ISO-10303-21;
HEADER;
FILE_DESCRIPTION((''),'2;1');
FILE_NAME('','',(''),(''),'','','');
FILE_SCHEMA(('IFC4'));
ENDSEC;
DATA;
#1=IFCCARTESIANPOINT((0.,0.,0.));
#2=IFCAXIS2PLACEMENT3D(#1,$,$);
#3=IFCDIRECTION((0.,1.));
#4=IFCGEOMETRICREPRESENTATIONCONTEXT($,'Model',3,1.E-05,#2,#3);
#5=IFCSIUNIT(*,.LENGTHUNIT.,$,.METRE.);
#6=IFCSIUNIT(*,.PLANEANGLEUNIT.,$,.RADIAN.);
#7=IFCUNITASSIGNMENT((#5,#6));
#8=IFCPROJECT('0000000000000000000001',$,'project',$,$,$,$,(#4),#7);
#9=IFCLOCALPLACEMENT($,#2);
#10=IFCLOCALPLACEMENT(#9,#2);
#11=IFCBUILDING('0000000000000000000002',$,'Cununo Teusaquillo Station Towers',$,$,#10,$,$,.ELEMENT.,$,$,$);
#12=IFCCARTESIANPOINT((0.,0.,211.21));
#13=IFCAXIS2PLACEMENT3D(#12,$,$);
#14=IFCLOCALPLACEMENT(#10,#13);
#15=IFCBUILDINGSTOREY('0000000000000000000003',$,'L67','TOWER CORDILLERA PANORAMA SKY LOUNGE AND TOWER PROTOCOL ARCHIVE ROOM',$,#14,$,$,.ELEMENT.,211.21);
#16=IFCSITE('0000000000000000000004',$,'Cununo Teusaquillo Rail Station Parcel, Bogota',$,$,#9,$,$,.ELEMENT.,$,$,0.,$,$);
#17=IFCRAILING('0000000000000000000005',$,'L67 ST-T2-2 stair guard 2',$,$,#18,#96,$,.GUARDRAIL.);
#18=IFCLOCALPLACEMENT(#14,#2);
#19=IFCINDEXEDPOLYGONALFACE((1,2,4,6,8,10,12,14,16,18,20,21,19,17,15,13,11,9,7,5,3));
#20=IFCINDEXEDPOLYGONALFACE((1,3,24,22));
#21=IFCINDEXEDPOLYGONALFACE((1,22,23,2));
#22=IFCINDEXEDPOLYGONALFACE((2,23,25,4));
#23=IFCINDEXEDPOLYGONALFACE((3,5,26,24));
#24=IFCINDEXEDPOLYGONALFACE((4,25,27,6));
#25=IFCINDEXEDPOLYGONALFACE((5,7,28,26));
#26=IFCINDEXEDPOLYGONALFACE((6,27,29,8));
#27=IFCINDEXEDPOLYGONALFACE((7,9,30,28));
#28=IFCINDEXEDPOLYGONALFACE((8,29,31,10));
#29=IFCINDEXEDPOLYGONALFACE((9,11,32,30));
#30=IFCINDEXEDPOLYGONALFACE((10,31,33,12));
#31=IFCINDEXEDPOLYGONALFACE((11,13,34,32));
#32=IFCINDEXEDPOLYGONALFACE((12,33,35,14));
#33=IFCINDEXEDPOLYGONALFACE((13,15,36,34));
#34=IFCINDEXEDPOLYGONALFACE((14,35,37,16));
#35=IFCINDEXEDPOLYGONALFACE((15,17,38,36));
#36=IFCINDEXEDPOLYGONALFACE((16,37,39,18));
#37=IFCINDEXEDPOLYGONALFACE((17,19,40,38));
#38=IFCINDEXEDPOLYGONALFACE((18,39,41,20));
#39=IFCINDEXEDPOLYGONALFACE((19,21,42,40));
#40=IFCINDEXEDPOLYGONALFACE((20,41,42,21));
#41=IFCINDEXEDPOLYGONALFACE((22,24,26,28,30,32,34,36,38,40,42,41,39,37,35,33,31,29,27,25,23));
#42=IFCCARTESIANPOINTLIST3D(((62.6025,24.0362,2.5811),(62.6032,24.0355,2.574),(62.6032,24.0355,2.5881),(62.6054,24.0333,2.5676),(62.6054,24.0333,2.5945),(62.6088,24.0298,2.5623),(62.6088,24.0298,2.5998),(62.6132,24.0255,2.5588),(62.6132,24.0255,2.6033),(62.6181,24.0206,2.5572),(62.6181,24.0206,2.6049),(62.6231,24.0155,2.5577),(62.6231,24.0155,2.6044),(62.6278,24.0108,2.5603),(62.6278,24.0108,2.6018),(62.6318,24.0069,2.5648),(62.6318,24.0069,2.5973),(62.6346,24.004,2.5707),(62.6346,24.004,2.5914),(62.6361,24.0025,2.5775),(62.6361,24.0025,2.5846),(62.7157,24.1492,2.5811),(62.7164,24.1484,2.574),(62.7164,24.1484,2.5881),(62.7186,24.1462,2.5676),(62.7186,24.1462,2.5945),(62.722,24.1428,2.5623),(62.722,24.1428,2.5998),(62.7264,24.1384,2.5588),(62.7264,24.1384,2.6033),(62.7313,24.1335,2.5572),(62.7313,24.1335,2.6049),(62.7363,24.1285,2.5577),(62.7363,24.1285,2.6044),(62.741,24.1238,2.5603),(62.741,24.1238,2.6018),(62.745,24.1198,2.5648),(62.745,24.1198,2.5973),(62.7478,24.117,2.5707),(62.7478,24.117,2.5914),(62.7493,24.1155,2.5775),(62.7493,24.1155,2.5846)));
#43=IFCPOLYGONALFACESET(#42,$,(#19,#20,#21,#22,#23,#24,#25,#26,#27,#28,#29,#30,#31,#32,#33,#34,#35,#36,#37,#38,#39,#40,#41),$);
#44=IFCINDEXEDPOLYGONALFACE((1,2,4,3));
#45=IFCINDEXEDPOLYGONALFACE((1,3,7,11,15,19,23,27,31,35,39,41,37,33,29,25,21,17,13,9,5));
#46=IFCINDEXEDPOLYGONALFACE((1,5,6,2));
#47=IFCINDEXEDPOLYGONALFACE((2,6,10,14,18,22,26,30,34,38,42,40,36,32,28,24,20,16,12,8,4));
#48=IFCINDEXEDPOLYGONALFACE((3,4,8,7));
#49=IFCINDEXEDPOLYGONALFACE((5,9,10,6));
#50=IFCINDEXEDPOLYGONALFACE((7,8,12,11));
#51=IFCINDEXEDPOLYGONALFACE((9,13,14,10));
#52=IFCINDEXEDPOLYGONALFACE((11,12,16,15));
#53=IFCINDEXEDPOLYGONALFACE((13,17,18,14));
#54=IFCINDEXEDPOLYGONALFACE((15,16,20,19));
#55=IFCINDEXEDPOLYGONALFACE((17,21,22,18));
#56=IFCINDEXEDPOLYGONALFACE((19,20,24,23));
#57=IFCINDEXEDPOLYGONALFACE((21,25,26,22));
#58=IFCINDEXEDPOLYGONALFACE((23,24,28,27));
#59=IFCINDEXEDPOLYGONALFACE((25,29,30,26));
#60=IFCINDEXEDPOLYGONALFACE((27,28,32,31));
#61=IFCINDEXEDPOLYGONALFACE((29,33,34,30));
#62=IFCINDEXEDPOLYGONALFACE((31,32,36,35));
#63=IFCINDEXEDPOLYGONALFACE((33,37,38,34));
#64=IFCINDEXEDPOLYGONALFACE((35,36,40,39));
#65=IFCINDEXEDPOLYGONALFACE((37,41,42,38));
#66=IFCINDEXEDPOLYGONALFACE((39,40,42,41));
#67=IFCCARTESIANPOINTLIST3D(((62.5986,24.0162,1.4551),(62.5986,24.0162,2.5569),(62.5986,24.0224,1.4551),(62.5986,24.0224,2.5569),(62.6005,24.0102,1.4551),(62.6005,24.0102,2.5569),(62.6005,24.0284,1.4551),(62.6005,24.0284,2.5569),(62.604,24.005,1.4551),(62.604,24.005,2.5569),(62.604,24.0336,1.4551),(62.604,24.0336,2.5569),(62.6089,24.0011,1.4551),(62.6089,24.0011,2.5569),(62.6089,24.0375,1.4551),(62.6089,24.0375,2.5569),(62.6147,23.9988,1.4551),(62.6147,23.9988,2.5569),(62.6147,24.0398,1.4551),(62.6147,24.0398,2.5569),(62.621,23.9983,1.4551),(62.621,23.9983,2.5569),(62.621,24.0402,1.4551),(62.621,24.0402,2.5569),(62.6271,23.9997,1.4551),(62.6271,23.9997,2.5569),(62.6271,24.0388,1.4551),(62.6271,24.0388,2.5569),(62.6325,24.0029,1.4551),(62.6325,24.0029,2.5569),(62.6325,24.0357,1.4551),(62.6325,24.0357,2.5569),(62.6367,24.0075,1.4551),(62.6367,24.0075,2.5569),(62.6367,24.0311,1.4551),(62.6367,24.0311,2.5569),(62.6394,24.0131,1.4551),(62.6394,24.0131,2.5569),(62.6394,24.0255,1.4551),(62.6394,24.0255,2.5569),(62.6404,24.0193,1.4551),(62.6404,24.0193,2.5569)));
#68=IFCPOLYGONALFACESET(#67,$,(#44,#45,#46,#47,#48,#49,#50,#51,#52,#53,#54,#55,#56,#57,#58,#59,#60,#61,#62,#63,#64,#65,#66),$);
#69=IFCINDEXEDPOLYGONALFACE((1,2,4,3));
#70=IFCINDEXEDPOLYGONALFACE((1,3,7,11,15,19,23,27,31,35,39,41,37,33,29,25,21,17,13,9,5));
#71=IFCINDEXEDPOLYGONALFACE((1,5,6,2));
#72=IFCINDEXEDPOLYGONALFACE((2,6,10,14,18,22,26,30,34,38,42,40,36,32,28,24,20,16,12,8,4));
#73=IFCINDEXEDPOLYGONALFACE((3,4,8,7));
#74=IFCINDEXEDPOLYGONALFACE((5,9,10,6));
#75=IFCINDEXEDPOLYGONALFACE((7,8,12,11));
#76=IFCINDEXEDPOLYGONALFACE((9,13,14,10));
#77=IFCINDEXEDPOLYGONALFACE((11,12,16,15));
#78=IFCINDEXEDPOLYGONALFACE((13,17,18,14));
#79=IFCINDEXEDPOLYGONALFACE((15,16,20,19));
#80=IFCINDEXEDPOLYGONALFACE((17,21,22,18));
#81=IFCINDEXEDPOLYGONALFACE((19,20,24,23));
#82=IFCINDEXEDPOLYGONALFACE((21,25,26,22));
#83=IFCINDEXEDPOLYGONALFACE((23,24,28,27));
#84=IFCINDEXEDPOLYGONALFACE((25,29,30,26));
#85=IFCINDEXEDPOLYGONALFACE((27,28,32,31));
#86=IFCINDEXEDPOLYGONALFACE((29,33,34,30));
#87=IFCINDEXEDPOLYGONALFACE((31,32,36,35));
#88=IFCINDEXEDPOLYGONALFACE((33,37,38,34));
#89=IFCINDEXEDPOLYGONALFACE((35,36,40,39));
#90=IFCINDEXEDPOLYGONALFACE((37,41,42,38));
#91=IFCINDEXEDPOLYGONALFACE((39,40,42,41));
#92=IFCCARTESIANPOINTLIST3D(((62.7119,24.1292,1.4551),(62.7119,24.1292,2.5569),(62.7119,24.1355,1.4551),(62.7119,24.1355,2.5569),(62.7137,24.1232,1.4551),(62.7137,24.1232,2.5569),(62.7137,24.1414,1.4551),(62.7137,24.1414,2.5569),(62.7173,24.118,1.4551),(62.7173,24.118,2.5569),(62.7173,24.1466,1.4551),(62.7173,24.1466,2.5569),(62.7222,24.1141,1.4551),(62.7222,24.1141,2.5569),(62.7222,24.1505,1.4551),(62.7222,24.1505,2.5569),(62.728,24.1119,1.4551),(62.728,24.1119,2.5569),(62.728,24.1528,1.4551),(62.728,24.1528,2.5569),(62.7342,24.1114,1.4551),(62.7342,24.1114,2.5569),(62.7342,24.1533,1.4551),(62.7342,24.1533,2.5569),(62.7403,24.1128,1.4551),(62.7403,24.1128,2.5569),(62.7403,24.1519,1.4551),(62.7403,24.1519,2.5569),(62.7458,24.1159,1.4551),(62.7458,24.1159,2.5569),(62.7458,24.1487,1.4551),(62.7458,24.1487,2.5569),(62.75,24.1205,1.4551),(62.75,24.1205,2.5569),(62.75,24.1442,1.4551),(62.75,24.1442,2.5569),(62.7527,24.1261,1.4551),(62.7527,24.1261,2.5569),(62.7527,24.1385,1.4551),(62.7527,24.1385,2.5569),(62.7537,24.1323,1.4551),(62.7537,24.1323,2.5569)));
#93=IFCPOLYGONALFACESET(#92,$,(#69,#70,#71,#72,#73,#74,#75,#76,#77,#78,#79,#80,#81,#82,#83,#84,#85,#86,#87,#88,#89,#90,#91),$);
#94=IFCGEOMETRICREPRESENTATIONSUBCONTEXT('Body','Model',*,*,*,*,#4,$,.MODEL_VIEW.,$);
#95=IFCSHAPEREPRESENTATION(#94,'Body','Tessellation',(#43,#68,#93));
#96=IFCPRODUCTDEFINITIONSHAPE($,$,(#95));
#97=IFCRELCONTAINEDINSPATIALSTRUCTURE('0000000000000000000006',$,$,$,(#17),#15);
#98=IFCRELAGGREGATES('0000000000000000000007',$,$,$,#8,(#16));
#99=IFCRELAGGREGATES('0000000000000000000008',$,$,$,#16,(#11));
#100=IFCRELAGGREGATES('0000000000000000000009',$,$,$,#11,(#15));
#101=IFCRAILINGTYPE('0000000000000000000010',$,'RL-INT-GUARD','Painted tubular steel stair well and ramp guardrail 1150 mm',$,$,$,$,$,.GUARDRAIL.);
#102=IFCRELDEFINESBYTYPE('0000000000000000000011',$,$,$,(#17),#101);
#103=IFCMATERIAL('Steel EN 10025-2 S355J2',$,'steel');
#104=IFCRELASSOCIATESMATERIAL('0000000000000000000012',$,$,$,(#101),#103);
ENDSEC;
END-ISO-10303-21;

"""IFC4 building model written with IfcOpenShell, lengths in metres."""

from ifc_helpers import new_model, si_unit, direction, frame, origin, origin_2d, place, context, subcontext, project, spatial, circle, extrude, material, type_object, element, save


model = new_model("IFC4")

# Units and contexts
model_context = context("Model", 3, precision=1e-05, world=origin(), true_north=direction((0.0, 1.0)))
body_context = subcontext(model_context, "Body", "Model", "MODEL_VIEW")
ifc_project = project(units=[si_unit("LENGTHUNIT", "METRE"), si_unit("PLANEANGLEUNIT", "RADIAN")], contexts=[model_context])

# Site, building, storey
site_placement = place(None, origin())
site = spatial("IfcSite", under=ifc_project, at=site_placement, Name="Cununo Teusaquillo Rail Station Parcel, Bogota", CompositionType="ELEMENT", RefElevation=0.0)
building_placement = place(site_placement, origin())
building = spatial("IfcBuilding", under=site, at=building_placement, Name="Cununo Teusaquillo Station Towers", CompositionType="ELEMENT")
storey_placement = place(building_placement, frame((0.0, 0.0, 211.21)))
storey = spatial("IfcBuildingStorey", under=building, at=storey_placement, Name="L67", Description="TOWER CORDILLERA PANORAMA SKY LOUNGE AND TOWER PROTOCOL ARCHIVE ROOM", CompositionType="ELEMENT", Elevation=211.21)

# Railing
ifc_material_1 = material(Name="Steel EN 10025-2 S355J2", Category="steel")
railing_type_1 = type_object("IfcRailingType", Name="RL-INT-GUARD", Description="Painted tubular steel stair well and ramp guardrail 1150 mm", PredefinedType="GUARDRAIL", material=ifc_material_1)
railing_1_placement = place(storey_placement, frame((62.6194, 24.0193, 1.4551)))
element("IfcRailing", 1, at=railing_1_placement, inside=storey, type_object=railing_type_1, Name="L67 ST-T2-2 stair guard 2", PredefinedType="GUARDRAIL", context=body_context, shape_type="SweptSolid", body=[
    extrude(circle(Radius=0.0239, at=origin_2d()), frame((0.0, 0.0, 1.126), z_axis=(0.707869, 0.706344, 0.0), x_axis=(-0.706344, 0.707869, 0.0)), (0.0, 0.0, 1.0), 0.1599),
    extrude(circle(Radius=0.021, at=origin_2d()), origin(), (0.0, 0.0, 1.0), 1.1018),
    extrude(circle(Radius=0.021, at=origin_2d()), frame((0.1133, 0.113, 0.0)), (0.0, 0.0, 1.0), 1.1018),
])

save(model, "model.ifc")
